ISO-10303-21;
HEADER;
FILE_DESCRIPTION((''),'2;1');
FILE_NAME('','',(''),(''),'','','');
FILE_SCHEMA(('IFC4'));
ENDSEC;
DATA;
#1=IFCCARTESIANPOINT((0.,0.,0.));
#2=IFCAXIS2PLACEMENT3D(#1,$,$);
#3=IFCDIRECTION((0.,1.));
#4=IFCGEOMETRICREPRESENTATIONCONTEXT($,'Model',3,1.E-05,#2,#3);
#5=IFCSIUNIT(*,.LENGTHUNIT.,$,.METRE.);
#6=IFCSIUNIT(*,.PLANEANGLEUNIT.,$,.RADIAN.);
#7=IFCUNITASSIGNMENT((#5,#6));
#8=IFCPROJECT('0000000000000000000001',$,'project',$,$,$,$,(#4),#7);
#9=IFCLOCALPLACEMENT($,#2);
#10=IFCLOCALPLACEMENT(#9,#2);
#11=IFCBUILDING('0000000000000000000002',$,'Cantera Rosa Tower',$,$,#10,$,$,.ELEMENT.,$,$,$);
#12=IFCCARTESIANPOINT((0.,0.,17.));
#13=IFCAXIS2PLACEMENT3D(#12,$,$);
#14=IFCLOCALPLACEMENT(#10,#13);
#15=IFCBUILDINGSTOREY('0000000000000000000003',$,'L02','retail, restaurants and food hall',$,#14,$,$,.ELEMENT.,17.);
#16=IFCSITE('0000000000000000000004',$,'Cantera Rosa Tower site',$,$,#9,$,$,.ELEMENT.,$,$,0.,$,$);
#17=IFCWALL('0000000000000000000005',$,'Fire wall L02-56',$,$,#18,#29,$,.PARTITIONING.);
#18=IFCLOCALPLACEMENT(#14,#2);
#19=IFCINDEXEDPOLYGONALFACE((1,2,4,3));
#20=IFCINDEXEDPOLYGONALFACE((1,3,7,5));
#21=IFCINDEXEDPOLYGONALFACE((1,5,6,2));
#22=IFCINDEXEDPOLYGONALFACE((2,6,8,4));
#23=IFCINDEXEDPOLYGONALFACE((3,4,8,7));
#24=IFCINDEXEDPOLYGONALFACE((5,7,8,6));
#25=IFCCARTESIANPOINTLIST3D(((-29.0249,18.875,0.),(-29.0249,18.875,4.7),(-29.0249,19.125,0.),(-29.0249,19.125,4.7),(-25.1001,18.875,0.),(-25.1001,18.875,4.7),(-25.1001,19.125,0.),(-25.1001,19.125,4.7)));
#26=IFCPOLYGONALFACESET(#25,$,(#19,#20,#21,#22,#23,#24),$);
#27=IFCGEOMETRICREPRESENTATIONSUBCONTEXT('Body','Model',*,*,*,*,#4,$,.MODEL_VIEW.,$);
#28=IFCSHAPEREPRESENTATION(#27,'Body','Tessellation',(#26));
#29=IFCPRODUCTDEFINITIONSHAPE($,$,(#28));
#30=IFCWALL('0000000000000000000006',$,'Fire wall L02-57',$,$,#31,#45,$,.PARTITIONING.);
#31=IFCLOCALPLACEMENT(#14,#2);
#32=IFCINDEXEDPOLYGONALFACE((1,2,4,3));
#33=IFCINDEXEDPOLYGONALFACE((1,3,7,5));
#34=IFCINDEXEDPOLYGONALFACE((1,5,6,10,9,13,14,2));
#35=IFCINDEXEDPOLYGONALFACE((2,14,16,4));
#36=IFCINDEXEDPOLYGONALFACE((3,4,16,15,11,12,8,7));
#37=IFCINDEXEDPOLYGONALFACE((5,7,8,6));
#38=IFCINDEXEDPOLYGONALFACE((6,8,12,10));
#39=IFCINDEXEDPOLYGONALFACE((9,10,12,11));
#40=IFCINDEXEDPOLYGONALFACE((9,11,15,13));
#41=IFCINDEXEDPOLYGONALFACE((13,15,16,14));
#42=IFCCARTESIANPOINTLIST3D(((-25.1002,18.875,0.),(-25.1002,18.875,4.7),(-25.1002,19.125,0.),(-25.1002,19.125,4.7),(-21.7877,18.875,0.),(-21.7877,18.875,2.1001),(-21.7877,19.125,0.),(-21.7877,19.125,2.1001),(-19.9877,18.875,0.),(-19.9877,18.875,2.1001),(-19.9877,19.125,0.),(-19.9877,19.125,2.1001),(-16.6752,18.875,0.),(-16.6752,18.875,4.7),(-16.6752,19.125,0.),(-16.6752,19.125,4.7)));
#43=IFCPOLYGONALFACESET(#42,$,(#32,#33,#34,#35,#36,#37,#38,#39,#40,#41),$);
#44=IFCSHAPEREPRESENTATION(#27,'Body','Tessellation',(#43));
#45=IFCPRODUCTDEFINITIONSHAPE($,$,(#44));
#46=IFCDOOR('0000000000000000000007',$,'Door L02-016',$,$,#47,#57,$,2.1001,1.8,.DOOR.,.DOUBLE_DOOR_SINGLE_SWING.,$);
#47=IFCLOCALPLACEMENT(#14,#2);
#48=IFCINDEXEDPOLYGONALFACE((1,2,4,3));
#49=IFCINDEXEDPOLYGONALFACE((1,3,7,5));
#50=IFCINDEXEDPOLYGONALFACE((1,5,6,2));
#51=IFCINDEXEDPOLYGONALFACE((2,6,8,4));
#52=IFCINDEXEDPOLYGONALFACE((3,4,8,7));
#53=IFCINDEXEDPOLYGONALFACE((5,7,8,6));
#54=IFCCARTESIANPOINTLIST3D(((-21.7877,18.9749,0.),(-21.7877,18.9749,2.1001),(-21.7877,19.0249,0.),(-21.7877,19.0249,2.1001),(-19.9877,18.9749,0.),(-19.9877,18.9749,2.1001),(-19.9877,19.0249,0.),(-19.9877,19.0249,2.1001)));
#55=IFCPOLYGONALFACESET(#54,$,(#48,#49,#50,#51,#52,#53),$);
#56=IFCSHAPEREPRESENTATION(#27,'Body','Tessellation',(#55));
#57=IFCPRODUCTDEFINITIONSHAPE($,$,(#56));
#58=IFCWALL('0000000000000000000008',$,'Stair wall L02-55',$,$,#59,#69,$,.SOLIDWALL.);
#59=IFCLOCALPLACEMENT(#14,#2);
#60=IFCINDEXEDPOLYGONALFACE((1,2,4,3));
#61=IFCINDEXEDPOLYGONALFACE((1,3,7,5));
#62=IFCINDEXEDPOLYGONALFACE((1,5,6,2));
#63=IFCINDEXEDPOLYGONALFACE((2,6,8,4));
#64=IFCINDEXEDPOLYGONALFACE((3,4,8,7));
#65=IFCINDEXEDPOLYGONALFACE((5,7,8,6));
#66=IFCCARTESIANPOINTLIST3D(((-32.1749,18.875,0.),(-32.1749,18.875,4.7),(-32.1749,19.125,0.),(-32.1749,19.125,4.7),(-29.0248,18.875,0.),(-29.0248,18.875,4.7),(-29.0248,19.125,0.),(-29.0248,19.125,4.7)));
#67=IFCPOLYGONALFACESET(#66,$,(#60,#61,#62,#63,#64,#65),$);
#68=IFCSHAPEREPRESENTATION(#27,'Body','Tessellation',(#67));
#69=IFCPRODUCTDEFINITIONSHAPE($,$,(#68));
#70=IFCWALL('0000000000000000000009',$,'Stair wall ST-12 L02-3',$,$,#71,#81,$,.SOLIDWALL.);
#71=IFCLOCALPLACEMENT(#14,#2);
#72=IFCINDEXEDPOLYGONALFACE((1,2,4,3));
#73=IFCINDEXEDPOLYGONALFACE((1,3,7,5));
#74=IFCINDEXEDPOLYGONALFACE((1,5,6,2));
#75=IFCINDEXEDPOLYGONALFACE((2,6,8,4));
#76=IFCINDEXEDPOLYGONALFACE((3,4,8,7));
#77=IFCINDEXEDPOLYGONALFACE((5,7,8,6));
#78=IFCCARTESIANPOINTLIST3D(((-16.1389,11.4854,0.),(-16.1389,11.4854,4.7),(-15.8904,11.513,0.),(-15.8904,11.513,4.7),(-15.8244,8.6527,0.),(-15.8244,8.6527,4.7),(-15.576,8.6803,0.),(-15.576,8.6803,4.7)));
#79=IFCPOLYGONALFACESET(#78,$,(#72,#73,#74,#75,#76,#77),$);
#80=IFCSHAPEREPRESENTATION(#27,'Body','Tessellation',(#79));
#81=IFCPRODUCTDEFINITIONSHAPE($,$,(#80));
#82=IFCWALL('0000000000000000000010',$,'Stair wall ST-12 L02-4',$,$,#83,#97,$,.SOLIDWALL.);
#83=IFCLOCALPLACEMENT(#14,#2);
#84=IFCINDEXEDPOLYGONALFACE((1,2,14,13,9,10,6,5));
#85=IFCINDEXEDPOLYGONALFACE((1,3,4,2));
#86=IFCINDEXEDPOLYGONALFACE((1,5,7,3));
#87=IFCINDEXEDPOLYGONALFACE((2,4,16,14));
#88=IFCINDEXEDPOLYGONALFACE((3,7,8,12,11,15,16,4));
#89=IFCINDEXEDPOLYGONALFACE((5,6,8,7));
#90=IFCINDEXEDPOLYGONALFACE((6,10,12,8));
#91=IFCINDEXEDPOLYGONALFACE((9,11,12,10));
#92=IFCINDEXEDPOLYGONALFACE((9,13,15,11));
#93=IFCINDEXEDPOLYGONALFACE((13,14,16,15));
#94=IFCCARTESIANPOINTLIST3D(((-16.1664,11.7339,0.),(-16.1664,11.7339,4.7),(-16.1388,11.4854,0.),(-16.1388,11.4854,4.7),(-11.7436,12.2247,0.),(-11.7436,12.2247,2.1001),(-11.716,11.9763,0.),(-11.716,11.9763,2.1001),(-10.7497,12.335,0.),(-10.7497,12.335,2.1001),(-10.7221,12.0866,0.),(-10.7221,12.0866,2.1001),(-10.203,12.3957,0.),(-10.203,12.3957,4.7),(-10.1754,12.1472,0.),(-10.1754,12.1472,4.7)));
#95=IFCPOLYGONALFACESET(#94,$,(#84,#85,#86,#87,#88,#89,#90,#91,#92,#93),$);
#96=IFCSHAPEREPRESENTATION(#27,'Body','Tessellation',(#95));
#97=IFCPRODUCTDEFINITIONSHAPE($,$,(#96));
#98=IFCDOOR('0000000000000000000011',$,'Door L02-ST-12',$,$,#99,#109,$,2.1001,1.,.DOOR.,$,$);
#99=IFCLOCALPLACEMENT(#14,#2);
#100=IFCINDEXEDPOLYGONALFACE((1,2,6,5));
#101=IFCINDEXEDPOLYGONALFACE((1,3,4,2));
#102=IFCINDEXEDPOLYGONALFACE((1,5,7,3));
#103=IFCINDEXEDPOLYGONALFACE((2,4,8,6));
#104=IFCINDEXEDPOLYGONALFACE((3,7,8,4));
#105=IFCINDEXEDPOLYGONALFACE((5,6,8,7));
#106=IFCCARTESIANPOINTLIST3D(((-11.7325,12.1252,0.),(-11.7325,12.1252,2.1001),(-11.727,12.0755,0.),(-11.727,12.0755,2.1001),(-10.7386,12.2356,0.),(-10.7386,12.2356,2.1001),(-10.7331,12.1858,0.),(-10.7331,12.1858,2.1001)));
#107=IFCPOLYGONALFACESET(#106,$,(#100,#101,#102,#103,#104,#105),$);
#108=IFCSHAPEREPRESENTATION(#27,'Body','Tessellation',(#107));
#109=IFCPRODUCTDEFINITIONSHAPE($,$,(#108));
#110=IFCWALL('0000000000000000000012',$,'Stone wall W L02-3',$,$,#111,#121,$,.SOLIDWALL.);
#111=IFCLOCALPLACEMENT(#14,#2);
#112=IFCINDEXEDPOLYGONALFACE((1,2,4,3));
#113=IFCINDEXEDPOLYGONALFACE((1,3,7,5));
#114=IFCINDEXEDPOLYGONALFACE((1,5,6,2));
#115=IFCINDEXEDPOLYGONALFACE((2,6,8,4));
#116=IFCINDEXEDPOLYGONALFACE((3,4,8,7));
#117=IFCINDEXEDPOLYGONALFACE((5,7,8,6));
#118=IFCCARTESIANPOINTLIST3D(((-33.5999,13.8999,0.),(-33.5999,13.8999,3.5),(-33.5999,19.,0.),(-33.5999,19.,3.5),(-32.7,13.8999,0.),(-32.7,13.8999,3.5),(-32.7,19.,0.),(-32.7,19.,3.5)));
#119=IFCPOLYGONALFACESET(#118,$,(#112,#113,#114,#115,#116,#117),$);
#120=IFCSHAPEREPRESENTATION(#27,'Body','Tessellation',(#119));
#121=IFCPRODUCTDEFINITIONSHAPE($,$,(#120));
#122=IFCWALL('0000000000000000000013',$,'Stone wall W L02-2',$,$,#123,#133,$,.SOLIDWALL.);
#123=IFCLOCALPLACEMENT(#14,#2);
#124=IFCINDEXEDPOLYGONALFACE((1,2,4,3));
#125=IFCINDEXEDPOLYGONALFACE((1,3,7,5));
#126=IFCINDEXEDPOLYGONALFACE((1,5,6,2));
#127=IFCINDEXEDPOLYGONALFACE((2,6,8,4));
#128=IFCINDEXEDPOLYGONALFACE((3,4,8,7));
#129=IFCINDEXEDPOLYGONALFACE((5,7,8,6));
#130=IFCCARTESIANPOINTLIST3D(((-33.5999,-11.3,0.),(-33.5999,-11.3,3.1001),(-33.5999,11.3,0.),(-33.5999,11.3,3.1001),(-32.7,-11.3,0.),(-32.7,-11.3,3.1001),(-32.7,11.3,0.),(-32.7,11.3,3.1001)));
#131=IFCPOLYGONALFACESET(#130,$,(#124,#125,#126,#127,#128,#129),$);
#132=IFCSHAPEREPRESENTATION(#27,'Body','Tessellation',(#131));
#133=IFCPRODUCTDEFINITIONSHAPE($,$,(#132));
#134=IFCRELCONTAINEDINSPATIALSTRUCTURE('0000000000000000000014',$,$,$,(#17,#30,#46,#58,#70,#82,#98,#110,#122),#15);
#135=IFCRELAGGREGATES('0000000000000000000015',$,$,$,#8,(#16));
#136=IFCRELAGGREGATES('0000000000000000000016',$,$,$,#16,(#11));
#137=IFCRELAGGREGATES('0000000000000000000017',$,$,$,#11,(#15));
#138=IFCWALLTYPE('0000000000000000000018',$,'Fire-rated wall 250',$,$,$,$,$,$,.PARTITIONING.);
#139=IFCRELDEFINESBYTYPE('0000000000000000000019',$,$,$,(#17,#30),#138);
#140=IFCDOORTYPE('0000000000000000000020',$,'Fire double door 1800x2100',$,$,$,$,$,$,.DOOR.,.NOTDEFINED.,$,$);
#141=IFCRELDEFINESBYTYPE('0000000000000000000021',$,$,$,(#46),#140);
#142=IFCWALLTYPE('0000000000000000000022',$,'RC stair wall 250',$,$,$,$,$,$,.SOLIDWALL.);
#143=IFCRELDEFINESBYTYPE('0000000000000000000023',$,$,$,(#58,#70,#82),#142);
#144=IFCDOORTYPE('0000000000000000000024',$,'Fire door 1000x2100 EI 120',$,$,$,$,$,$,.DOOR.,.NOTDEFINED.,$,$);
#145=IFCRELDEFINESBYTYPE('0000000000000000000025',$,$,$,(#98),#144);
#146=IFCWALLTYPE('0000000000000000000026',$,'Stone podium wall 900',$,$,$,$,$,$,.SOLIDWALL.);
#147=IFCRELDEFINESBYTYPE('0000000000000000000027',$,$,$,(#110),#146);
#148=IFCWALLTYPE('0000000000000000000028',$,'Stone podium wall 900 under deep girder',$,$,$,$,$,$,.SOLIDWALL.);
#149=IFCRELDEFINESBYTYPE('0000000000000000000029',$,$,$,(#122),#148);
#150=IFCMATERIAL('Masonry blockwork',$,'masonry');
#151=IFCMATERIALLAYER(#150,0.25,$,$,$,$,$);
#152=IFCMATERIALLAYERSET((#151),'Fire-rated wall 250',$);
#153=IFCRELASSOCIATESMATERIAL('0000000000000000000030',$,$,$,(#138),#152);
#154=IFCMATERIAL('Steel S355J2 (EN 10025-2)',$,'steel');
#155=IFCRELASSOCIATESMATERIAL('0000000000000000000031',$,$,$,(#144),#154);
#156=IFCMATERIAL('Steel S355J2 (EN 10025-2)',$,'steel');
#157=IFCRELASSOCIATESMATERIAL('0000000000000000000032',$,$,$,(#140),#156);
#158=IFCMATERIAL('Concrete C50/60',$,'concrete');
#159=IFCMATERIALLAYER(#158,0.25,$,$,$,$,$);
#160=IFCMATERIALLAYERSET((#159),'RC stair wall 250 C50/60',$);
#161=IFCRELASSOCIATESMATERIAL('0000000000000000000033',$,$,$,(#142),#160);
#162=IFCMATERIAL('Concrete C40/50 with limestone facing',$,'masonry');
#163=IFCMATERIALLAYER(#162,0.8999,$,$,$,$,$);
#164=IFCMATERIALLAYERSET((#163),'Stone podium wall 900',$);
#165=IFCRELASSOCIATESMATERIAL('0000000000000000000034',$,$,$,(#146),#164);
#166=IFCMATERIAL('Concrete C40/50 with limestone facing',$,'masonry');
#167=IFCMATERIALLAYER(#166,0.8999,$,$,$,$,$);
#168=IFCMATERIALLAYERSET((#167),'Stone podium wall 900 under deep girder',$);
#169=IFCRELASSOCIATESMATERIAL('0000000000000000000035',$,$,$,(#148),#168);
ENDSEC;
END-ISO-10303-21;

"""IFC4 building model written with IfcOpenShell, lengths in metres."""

from ifc_helpers import new_model, si_unit, direction, frame, frame_2d, origin, place, context, subcontext, project, spatial, rectangle, extrude, material, layer, layer_set, type_object, element, fill, save


model = new_model("IFC4")

# Units and contexts
model_context = context("Model", 3, precision=1e-05, world=origin(), true_north=direction((0.0, 1.0)))
body_context = subcontext(model_context, "Body", "Model", "MODEL_VIEW")
ifc_project = project(units=[si_unit("LENGTHUNIT", "METRE"), si_unit("PLANEANGLEUNIT", "RADIAN")], contexts=[model_context])

# Site, building, storey
site_placement = place(None, origin())
site = spatial("IfcSite", under=ifc_project, at=site_placement, Name="Cantera Rosa Tower site", CompositionType="ELEMENT", RefElevation=0.0)
building_placement = place(site_placement, origin())
building = spatial("IfcBuilding", under=site, at=building_placement, Name="Cantera Rosa Tower", CompositionType="ELEMENT")
storey_placement = place(building_placement, frame((0.0, 0.0, 17.0)))
storey = spatial("IfcBuildingStorey", under=building, at=storey_placement, Name="L02", Description="retail, restaurants and food hall", CompositionType="ELEMENT", Elevation=17.0)

# Shared definitions
ifc_material_1 = material(Name="Masonry blockwork", Category="masonry")
ifc_layer_1 = layer(ifc_material_1, 0.25)
ifc_layer_set_1 = layer_set([ifc_layer_1], Name="Fire-rated wall 250")
wall_type_1 = type_object("IfcWallType", Name="Fire-rated wall 250", PredefinedType="PARTITIONING", material=ifc_layer_set_1)

# Shared definitions
ifc_material_2 = material(Name="Steel S355J2 (EN 10025-2)", Category="steel")
door_type_1 = type_object("IfcDoorType", Name="Fire door 1000x2100 EI 120", OperationType="NOTDEFINED", PredefinedType="DOOR", material=ifc_material_2)

# Wall
wall_1_placement = place(storey_placement, frame((-29.0249, 19.0, 0.0), z_axis=(0.0, 0.0, 1.0), x_axis=(1.0, 0.0, 0.0)))
element("IfcWall", 1, at=wall_1_placement, inside=storey, type_object=wall_type_1, Name="Fire wall L02-56", PredefinedType="PARTITIONING", context=body_context, shape_type="SweptSolid", body=[
    extrude(rectangle(XDim=3.9248, YDim=0.25, at=frame_2d((1.9624, 0.0))), origin(), (0.0, 0.0, 1.0), 4.7),
])

# Wall, opening, door
wall_2_placement = place(storey_placement, frame((-25.1001, 19.0, 0.0), z_axis=(0.0, 0.0, 1.0), x_axis=(1.0, 0.0, 0.0)))
wall_2 = element("IfcWall", 2, at=wall_2_placement, inside=storey, type_object=wall_type_1, Name="Fire wall L02-57", PredefinedType="PARTITIONING", context=body_context, shape_type="SweptSolid", body=[
    extrude(rectangle(XDim=8.425, YDim=0.25, at=frame_2d((4.2124, 0.0))), origin(), (0.0, 0.0, 1.0), 4.7),
])
opening_1_placement = place(wall_2_placement, frame((3.3125, 0.0, 0.0)))
opening_1 = element("IfcOpeningElement", 3, at=opening_1_placement, cuts=wall_2, PredefinedType="OPENING", context=body_context, shape_type="SweptSolid", body=[
    extrude(rectangle(XDim=1.8, YDim=2.1001, at=frame_2d((0.8999, 1.05))), frame((0.0, 0.135, 0.0), z_axis=(0.0, -1.0, 0.0), x_axis=(1.0, 0.0, 0.0)), (0.0, 0.0, 1.0), 0.27),
])
ifc_material_3 = material(Name="Steel S355J2 (EN 10025-2)", Category="steel")
door_type_2 = type_object("IfcDoorType", Name="Fire double door 1800x2100", OperationType="NOTDEFINED", PredefinedType="DOOR", material=ifc_material_3)
door_1_placement = place(opening_1_placement, origin())
door_1 = element("IfcDoor", 4, at=door_1_placement, inside=storey, type_object=door_type_2, Name="Door L02-016", OperationType="DOUBLE_DOOR_SINGLE_SWING", OverallHeight=2.1001, OverallWidth=1.8, PredefinedType="DOOR", context=body_context, shape_type="SweptSolid", body=[
    extrude(rectangle(XDim=1.8, YDim=2.1001, at=frame_2d((0.8999, 1.05))), frame((0.0, 0.0249, 0.0), z_axis=(0.0, -1.0, 0.0), x_axis=(1.0, 0.0, 0.0)), (0.0, 0.0, 1.0), 0.05),
])
fill(opening_1, door_1)

# Walls
ifc_material_4 = material(Name="Concrete C50/60", Category="concrete")
ifc_layer_2 = layer(ifc_material_4, 0.25)
ifc_layer_set_2 = layer_set([ifc_layer_2], Name="RC stair wall 250 C50/60")
wall_type_2 = type_object("IfcWallType", Name="RC stair wall 250", PredefinedType="SOLIDWALL", material=ifc_layer_set_2)
wall_3_placement = place(storey_placement, frame((-32.175, 19.0, 0.0), z_axis=(0.0, 0.0, 1.0), x_axis=(1.0, 0.0, 0.0)))
element("IfcWall", 5, at=wall_3_placement, inside=storey, type_object=wall_type_2, Name="Stair wall L02-55", PredefinedType="SOLIDWALL", context=body_context, shape_type="SweptSolid", body=[
    extrude(rectangle(XDim=3.1501, YDim=0.25, at=frame_2d((1.5752, 0.0))), origin(), (0.0, 0.0, 1.0), 4.7),
])
wall_4_placement = place(storey_placement, frame((-15.7002, 8.6665, 0.0), z_axis=(0.0, 0.0, 1.0), x_axis=(-0.110328, 0.993895, 0.0)))
element("IfcWall", 6, at=wall_4_placement, inside=storey, type_object=wall_type_2, Name="Stair wall ST-12 L02-3", PredefinedType="SOLIDWALL", context=body_context, shape_type="SweptSolid", body=[
    extrude(rectangle(XDim=2.8501, YDim=0.25, at=frame_2d((1.425, 0.0))), origin(), (0.0, 0.0, 1.0), 4.7),
])

# Wall, opening, door
wall_5_placement = place(storey_placement, frame((-16.1526, 11.6096, 0.0), z_axis=(0.0, 0.0, 1.0), x_axis=(0.993897, 0.110311, 0.0)))
wall_5 = element("IfcWall", 7, at=wall_5_placement, inside=storey, type_object=wall_type_2, Name="Stair wall ST-12 L02-4", PredefinedType="SOLIDWALL", context=body_context, shape_type="SweptSolid", body=[
    extrude(rectangle(XDim=6.0, YDim=0.25, at=frame_2d((3.0, 0.0))), origin(), (0.0, 0.0, 1.0), 4.7),
])
opening_2_placement = place(wall_5_placement, frame((4.45, 0.0, 0.0)))
opening_2 = element("IfcOpeningElement", 8, at=opening_2_placement, cuts=wall_5, PredefinedType="OPENING", context=body_context, shape_type="SweptSolid", body=[
    extrude(rectangle(XDim=1.0, YDim=2.1001, at=frame_2d((0.5, 1.05))), frame((0.0, 0.135, 0.0), z_axis=(0.0, -1.0, 0.0), x_axis=(1.0, 0.0, 0.0)), (0.0, 0.0, 1.0), 0.27),
])
door_2_placement = place(opening_2_placement, origin())
door_2 = element("IfcDoor", 9, at=door_2_placement, inside=storey, type_object=door_type_1, Name="Door L02-ST-12", OverallHeight=2.1001, OverallWidth=1.0, PredefinedType="DOOR", context=body_context, shape_type="SweptSolid", body=[
    extrude(rectangle(XDim=1.0, YDim=2.1001, at=frame_2d((0.5, 1.05))), frame((0.0, 0.0249, 0.0), z_axis=(0.0, -1.0, 0.0), x_axis=(1.0, 0.0, 0.0)), (0.0, 0.0, 1.0), 0.05),
])
fill(opening_2, door_2)

# Walls
ifc_material_5 = material(Name="Concrete C40/50 with limestone facing", Category="masonry")
ifc_layer_3 = layer(ifc_material_5, 0.8999)
ifc_layer_set_3 = layer_set([ifc_layer_3], Name="Stone podium wall 900")
wall_type_3 = type_object("IfcWallType", Name="Stone podium wall 900", PredefinedType="SOLIDWALL", material=ifc_layer_set_3)
wall_6_placement = place(storey_placement, frame((-33.1499, 19.0, 0.0), z_axis=(0.0, 0.0, 1.0), x_axis=(0.0, -1.0, 0.0)))
element("IfcWall", 10, at=wall_6_placement, inside=storey, type_object=wall_type_3, Name="Stone wall W L02-3", PredefinedType="SOLIDWALL", context=body_context, shape_type="SweptSolid", body=[
    extrude(rectangle(XDim=5.1001, YDim=0.8999, at=frame_2d((2.55, 0.0))), origin(), (0.0, 0.0, 1.0), 3.5),
])
ifc_material_6 = material(Name="Concrete C40/50 with limestone facing", Category="masonry")
ifc_layer_4 = layer(ifc_material_6, 0.8999)
ifc_layer_set_4 = layer_set([ifc_layer_4], Name="Stone podium wall 900 under deep girder")
wall_type_4 = type_object("IfcWallType", Name="Stone podium wall 900 under deep girder", PredefinedType="SOLIDWALL", material=ifc_layer_set_4)
wall_7_placement = place(storey_placement, frame((-33.1499, 11.3, 0.0), z_axis=(0.0, 0.0, 1.0), x_axis=(0.0, -1.0, 0.0)))
element("IfcWall", 11, at=wall_7_placement, inside=storey, type_object=wall_type_4, Name="Stone wall W L02-2", PredefinedType="SOLIDWALL", context=body_context, shape_type="SweptSolid", body=[
    extrude(rectangle(XDim=22.6001, YDim=0.8999, at=frame_2d((11.3, 0.0))), origin(), (0.0, 0.0, 1.0), 3.1001),
])

save(model, "model.ifc")
